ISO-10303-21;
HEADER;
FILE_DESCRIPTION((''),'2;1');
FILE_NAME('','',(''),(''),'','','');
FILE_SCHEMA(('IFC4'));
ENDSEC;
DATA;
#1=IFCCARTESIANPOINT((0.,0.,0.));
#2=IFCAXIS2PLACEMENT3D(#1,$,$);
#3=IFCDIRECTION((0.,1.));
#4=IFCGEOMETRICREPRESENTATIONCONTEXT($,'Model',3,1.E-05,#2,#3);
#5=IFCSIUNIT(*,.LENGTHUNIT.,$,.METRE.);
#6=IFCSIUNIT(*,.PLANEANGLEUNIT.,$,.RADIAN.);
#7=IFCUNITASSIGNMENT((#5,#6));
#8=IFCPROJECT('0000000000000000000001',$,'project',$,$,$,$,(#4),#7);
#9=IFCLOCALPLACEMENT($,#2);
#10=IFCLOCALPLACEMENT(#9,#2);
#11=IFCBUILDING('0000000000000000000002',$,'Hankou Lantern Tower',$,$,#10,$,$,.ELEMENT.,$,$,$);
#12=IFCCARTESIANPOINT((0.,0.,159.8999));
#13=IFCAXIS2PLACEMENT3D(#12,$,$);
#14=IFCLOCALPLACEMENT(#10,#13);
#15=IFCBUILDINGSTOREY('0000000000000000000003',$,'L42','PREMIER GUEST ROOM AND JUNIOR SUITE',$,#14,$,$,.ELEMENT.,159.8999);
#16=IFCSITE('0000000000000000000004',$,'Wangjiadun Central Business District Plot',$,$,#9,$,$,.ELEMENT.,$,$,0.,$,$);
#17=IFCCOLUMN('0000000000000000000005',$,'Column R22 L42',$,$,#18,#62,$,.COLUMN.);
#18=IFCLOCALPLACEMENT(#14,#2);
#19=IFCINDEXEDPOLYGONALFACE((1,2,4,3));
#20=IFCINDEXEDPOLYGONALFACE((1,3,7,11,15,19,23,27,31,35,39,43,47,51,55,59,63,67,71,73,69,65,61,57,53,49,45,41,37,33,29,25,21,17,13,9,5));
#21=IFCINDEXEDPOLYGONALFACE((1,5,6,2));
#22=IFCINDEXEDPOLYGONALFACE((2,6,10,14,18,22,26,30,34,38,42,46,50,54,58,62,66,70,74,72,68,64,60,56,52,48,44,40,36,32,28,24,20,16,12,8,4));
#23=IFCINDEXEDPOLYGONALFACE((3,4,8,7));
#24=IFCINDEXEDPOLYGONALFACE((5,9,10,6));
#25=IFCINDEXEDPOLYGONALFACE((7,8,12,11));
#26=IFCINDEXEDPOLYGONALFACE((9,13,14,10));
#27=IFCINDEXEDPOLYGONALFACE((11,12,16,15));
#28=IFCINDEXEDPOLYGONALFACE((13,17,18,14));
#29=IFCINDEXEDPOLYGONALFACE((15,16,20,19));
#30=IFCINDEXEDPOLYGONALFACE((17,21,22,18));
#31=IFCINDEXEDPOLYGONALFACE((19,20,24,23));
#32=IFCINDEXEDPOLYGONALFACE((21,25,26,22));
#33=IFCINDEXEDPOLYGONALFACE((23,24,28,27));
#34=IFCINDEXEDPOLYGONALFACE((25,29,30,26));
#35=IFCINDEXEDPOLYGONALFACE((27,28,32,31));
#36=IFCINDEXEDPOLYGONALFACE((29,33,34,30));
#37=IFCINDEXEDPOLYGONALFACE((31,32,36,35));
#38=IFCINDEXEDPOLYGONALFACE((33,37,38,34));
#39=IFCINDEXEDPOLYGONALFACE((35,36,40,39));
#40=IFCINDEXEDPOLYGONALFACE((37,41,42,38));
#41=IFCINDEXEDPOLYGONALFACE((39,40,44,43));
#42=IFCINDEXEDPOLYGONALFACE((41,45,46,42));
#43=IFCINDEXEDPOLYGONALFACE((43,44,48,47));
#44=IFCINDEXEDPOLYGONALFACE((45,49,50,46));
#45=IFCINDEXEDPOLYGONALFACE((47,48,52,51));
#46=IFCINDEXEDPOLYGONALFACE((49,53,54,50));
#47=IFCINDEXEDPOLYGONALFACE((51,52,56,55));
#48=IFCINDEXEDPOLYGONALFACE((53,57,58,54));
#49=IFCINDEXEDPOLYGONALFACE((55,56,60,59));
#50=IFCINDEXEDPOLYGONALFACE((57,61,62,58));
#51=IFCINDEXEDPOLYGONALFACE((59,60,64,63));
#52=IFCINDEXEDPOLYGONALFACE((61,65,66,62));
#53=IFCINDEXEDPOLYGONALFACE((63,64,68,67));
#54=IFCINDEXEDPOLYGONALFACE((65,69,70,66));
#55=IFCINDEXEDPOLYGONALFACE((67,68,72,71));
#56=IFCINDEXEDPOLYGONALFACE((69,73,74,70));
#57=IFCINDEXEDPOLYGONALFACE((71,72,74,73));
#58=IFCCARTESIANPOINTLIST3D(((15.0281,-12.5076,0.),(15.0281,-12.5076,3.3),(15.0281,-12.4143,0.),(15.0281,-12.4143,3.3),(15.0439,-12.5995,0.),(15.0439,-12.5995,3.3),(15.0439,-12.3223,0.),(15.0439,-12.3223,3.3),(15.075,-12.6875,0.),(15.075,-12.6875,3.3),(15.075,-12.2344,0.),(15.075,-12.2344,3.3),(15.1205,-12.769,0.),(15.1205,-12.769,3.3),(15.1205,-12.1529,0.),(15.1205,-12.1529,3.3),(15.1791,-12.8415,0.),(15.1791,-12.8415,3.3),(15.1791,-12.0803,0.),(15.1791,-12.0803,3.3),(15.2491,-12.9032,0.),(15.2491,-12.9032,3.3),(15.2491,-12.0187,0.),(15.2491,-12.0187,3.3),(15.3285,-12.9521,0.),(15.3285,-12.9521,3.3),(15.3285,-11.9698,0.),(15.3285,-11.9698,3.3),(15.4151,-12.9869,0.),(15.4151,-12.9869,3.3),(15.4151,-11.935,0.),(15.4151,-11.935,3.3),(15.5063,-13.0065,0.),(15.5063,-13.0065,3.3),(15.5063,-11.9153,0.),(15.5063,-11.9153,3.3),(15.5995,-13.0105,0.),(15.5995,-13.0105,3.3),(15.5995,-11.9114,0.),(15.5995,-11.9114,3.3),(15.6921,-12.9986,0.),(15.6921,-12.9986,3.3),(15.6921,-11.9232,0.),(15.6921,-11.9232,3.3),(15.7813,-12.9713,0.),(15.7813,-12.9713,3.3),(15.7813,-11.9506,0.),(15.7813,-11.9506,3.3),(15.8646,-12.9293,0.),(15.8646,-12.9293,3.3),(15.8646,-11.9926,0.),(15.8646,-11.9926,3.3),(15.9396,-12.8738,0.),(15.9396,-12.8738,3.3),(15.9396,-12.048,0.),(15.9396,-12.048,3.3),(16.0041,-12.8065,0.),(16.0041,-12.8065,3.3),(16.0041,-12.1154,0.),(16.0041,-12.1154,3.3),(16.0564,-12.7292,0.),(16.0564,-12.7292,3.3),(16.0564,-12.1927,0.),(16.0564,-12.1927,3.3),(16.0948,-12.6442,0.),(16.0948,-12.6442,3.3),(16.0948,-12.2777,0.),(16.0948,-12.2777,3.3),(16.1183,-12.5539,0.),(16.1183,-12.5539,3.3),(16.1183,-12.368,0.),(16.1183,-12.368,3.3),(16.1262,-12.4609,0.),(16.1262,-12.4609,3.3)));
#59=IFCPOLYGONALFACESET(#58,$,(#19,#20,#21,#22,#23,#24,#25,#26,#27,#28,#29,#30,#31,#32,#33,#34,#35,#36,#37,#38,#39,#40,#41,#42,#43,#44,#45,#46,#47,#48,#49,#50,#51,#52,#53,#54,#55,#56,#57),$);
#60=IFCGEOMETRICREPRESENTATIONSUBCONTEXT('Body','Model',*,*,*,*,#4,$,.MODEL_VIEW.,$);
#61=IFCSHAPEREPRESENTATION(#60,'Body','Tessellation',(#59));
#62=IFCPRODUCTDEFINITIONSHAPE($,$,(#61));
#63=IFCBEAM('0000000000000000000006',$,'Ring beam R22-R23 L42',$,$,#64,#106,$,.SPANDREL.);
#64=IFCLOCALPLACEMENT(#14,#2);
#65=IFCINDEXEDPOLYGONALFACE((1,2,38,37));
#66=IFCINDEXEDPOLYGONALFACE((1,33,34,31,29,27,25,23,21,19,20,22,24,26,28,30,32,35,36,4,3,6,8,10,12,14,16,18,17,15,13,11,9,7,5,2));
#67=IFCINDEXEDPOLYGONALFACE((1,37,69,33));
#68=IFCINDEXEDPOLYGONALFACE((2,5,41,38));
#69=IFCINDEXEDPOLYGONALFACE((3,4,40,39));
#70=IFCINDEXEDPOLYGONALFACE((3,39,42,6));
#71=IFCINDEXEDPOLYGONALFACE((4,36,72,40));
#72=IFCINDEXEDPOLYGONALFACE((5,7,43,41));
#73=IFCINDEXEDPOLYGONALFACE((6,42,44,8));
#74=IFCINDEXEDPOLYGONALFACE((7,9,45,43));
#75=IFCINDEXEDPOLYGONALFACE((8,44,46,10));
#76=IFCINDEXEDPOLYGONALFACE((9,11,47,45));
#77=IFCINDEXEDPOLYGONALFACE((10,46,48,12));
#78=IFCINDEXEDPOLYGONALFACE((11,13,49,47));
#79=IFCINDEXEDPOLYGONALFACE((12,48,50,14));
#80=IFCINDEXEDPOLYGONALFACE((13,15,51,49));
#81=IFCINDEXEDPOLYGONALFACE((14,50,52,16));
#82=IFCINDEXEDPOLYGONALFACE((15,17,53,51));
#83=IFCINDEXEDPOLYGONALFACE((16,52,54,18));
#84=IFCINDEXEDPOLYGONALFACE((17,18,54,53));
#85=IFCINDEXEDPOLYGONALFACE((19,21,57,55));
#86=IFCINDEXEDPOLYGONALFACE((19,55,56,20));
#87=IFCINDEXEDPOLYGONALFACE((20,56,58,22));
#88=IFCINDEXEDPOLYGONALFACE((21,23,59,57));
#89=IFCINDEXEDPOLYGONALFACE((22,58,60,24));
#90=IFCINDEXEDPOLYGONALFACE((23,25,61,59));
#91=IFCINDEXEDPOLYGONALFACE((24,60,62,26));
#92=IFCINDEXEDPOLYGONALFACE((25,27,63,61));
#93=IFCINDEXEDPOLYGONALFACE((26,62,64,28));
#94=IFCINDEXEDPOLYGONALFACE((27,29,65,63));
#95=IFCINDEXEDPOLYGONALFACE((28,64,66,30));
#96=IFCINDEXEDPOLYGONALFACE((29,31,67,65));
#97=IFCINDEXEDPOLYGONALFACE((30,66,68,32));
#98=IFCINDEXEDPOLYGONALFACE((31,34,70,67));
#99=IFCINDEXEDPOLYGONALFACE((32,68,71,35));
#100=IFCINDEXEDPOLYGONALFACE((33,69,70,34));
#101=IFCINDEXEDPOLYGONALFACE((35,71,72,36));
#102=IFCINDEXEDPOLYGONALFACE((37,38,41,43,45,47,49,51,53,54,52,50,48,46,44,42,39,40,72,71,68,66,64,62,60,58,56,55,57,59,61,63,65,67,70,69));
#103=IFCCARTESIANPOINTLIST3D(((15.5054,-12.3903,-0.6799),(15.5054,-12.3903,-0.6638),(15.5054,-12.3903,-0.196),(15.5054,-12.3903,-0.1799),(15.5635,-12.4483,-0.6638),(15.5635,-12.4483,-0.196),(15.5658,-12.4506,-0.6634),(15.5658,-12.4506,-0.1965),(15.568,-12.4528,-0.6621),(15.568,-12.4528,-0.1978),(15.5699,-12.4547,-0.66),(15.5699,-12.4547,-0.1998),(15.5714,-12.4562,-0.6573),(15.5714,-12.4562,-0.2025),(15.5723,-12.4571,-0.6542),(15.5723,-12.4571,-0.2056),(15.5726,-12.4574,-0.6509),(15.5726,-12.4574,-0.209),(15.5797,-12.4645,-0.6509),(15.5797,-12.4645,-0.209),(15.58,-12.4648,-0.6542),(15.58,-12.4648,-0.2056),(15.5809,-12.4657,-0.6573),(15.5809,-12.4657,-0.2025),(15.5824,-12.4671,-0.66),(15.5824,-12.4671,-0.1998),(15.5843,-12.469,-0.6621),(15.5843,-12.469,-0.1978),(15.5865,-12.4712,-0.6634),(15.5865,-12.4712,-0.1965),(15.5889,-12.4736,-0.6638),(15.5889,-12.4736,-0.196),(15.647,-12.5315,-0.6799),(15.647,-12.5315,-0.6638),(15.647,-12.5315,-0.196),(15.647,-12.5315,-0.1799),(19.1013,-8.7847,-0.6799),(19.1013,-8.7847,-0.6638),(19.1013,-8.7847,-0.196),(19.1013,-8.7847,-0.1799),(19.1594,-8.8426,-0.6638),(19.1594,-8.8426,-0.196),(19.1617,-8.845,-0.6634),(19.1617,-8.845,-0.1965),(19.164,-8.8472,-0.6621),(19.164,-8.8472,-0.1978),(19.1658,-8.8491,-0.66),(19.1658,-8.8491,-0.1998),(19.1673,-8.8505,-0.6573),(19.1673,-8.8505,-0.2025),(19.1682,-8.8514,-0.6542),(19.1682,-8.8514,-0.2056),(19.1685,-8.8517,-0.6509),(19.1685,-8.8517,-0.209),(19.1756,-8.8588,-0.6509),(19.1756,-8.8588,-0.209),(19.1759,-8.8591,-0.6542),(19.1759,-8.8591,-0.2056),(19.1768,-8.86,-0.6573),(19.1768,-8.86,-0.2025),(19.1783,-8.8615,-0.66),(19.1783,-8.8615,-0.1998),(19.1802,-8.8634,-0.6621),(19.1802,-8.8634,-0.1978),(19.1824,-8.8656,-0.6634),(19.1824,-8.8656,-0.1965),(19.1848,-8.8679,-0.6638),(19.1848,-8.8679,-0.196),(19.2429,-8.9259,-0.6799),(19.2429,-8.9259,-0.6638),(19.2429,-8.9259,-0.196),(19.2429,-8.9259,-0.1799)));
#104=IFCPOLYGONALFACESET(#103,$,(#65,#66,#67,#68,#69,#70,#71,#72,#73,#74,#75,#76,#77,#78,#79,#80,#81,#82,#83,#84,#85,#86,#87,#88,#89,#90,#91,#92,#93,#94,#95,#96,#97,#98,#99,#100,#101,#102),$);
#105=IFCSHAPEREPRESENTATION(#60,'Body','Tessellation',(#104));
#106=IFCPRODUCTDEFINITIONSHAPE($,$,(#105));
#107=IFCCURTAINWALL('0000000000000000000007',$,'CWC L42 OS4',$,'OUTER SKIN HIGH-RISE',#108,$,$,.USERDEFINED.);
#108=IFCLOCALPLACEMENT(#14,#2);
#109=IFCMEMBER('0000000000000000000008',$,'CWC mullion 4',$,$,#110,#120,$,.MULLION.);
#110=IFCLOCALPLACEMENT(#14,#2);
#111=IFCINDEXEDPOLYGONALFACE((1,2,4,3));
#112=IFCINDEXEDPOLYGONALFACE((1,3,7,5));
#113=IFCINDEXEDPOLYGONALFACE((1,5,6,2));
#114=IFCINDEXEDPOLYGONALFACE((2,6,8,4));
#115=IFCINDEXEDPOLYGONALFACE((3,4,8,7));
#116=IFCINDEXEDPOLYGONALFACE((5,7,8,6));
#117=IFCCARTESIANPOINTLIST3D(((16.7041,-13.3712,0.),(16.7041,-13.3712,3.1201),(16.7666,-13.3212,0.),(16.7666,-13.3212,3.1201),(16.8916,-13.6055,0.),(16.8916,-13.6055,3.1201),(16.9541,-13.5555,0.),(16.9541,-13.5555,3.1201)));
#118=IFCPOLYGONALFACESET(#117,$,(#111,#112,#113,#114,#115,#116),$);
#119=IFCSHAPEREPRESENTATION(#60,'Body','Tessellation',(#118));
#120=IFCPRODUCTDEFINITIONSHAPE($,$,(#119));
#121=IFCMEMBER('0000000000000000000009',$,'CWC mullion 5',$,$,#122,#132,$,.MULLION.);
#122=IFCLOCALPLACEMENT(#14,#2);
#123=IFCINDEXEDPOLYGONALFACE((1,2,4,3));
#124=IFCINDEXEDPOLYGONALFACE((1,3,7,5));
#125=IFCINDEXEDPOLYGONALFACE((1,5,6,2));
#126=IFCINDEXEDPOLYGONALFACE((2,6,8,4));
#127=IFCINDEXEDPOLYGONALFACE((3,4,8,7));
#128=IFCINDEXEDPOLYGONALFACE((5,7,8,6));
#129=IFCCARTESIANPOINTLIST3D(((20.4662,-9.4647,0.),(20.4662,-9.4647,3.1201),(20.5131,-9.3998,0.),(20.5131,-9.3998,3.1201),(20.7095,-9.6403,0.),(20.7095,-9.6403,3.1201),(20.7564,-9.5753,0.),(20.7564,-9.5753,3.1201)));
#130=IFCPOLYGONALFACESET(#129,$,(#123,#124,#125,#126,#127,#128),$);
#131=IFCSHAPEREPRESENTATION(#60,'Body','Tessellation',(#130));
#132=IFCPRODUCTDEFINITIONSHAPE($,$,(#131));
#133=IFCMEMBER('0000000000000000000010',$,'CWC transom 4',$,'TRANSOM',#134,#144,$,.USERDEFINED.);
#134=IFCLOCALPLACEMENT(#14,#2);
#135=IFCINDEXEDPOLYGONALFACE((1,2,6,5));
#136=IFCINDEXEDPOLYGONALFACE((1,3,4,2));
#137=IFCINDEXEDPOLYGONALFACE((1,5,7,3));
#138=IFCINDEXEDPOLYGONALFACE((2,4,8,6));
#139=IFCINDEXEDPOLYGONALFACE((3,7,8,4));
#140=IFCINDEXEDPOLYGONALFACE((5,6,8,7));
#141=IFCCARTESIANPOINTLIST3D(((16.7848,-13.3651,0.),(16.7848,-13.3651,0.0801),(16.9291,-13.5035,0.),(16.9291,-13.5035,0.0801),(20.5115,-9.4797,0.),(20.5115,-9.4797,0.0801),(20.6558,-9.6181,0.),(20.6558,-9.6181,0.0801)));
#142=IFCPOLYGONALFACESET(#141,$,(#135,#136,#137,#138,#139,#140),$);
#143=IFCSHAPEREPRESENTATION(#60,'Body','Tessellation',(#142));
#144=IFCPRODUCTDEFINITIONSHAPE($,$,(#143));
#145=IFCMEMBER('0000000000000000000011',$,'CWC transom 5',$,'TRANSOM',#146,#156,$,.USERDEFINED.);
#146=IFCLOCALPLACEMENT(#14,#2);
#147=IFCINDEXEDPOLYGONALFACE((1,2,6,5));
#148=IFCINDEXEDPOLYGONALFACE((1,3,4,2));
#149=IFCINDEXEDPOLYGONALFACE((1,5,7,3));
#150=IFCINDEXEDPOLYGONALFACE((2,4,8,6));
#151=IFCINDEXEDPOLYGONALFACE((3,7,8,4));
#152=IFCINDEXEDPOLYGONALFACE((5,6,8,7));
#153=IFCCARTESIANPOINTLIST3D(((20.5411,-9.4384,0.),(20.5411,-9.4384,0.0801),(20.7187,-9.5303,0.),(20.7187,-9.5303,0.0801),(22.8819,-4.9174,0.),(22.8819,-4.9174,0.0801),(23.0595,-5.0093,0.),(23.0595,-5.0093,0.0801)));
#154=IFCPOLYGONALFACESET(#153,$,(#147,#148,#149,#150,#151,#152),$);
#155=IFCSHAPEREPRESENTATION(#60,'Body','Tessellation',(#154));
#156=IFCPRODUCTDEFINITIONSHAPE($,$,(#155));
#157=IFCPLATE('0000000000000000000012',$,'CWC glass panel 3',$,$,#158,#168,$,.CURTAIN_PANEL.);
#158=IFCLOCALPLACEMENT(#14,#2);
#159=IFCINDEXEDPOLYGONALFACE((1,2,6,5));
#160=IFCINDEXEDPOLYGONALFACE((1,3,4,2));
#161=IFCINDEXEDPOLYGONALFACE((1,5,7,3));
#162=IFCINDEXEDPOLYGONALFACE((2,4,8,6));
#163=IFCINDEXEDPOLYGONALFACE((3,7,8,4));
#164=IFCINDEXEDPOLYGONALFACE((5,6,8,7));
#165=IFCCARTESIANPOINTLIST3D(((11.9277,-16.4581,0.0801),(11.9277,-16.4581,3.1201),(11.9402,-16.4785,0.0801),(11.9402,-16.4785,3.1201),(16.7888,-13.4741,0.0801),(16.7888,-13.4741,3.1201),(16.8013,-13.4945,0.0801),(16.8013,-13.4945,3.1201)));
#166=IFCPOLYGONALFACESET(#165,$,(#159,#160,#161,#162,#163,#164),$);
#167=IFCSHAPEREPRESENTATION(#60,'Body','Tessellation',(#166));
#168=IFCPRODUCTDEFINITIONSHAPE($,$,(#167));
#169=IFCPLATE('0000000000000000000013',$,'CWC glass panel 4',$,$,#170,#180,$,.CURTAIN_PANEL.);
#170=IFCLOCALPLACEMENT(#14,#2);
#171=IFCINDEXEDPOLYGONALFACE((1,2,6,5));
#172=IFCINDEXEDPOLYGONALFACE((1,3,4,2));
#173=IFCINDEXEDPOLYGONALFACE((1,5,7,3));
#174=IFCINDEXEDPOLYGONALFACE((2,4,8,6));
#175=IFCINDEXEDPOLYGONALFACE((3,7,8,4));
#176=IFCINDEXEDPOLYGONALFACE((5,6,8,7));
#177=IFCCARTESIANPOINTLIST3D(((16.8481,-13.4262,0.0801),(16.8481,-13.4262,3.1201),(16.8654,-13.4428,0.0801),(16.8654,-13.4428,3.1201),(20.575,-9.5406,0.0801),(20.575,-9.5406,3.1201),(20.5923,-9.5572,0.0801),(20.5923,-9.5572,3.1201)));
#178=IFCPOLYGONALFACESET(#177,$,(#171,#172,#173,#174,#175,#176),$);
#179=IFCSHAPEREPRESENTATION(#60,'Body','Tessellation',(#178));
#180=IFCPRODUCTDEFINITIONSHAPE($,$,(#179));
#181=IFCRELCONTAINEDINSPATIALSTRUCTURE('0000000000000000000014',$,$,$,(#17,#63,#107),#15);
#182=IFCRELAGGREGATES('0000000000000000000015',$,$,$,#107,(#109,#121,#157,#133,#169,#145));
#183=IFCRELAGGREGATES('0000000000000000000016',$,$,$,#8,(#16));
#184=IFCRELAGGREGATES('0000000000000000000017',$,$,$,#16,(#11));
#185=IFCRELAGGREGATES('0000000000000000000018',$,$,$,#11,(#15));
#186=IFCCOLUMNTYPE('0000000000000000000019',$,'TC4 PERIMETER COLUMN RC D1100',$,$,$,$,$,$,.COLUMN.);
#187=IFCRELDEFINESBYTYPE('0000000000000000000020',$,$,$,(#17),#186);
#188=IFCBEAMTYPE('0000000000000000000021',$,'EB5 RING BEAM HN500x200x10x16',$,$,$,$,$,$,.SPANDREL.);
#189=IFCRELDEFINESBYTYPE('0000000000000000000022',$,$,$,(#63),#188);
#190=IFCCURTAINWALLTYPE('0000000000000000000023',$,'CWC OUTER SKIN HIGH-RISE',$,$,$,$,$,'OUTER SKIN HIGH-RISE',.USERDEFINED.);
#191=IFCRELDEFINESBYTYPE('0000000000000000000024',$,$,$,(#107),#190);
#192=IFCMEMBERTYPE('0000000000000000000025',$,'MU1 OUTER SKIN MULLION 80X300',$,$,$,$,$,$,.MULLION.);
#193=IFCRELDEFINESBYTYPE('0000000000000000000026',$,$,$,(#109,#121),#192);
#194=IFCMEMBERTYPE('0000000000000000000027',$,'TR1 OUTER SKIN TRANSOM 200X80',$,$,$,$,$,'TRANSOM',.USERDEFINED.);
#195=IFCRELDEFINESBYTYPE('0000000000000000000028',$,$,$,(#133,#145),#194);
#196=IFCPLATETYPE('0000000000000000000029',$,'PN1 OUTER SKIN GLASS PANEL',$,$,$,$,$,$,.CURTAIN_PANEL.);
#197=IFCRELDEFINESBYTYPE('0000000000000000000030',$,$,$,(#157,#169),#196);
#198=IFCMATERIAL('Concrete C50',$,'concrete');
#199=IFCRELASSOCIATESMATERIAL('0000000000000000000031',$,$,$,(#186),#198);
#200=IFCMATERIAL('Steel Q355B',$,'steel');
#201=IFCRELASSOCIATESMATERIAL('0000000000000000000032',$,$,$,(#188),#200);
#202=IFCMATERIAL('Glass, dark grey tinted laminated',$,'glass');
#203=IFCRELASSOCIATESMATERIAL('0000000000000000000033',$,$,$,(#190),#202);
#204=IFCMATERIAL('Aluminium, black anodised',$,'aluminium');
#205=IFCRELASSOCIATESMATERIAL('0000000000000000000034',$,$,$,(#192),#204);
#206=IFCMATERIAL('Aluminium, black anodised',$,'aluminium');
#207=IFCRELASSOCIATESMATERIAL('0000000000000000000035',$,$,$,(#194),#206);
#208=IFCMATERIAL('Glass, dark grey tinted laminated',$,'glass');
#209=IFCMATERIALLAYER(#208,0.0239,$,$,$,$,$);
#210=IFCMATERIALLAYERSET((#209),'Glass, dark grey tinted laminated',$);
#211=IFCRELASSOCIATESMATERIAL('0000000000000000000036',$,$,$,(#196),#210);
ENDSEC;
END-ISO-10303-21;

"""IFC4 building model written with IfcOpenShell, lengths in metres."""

from ifc_helpers import new_model, si_unit, direction, frame, origin, origin_2d, place, context, subcontext, project, spatial, rectangle, circle, i_section, extrude, material, layer, layer_set, material_profile, profile_set, type_object, element, aggregate, save


model = new_model("IFC4")

# Units and contexts
model_context = context("Model", 3, precision=1e-05, world=origin(), true_north=direction((0.0, 1.0)))
body_context = subcontext(model_context, "Body", "Model", "MODEL_VIEW")
ifc_project = project(units=[si_unit("LENGTHUNIT", "METRE"), si_unit("PLANEANGLEUNIT", "RADIAN")], contexts=[model_context])

# Site, building, storey
site_placement = place(None, origin())
site = spatial("IfcSite", under=ifc_project, at=site_placement, Name="Wangjiadun Central Business District Plot", CompositionType="ELEMENT", RefElevation=0.0)
building_placement = place(site_placement, origin())
building = spatial("IfcBuilding", under=site, at=building_placement, Name="Hankou Lantern Tower", CompositionType="ELEMENT")
storey_placement = place(building_placement, frame((0.0, 0.0, 159.8999)))
storey = spatial("IfcBuildingStorey", under=building, at=storey_placement, Name="L42", Description="PREMIER GUEST ROOM AND JUNIOR SUITE", CompositionType="ELEMENT", Elevation=159.8999)

# Column
ifc_material_1 = material(Name="Concrete C50", Category="concrete")
ifc_material_profile_1 = material_profile(ifc_material_1, circle(Radius=0.55, at=origin_2d()), Name="RC D1100")
ifc_profile_set_1 = profile_set([ifc_material_profile_1], Name="Concrete C50")
column_type = type_object("IfcColumnType", Name="TC4 PERIMETER COLUMN RC D1100", PredefinedType="COLUMN", material=ifc_profile_set_1)
column_placement = place(storey_placement, frame((15.5762, -12.4609, 0.0), z_axis=(0.0, 0.0, 1.0), x_axis=(1.0, 0.0, 0.0)))
element("IfcColumn", 1, at=column_placement, inside=storey, type_object=column_type, Name="Column R22 L42", PredefinedType="COLUMN", context=body_context, shape_type="SweptSolid", body=[
    extrude(circle(Radius=0.55, at=origin_2d()), origin(), (0.0, 0.0, 1.0), 3.3),
])

# Beam
ifc_material_2 = material(Name="Steel Q355B", Category="steel")
ifc_material_profile_2 = material_profile(ifc_material_2, i_section(OverallWidth=0.2, OverallDepth=0.5, WebThickness=0.01, FlangeThickness=0.0161, FilletRadius=0.0129, at=origin_2d()), Name="HN500x200x10x16")
ifc_profile_set_2 = profile_set([ifc_material_profile_2], Name="Steel Q355B")
beam_type = type_object("IfcBeamType", Name="EB5 RING BEAM HN500x200x10x16", PredefinedType="SPANDREL", material=ifc_profile_set_2)
beam_placement = place(storey_placement, frame((15.5762, -12.4609, -0.4299), z_axis=(0.706147, 0.708065, 0.0), x_axis=(-0.708065, 0.706147, 0.0)))
element("IfcBeam", 2, at=beam_placement, inside=storey, type_object=beam_type, Name="Ring beam R22-R23 L42", PredefinedType="SPANDREL", context=body_context, shape_type="SweptSolid", body=[
    extrude(i_section(OverallWidth=0.2, OverallDepth=0.5, WebThickness=0.01, FlangeThickness=0.0161, FilletRadius=0.0129, at=origin_2d()), origin(), (0.0, 0.0, 1.0), 5.0923),
])

# Curtain wall, members, plates
ifc_material_3 = material(Name="Glass, dark grey tinted laminated", Category="glass")
curtain_wall_type = type_object("IfcCurtainWallType", Name="CWC OUTER SKIN HIGH-RISE", ElementType="OUTER SKIN HIGH-RISE", PredefinedType="USERDEFINED", material=ifc_material_3)
curtain_wall_placement = place(storey_placement, origin())
curtain_wall = element("IfcCurtainWall", 3, at=curtain_wall_placement, inside=storey, type_object=curtain_wall_type, Name="CWC L42 OS4", ObjectType="OUTER SKIN HIGH-RISE", PredefinedType="USERDEFINED")
ifc_material_4 = material(Name="Aluminium, black anodised", Category="aluminium")
ifc_material_profile_3 = material_profile(ifc_material_4, rectangle(XDim=0.0801, YDim=0.3, at=origin_2d()), Name="MU1 80X300")
ifc_profile_set_3 = profile_set([ifc_material_profile_3], Name="Aluminium, black anodised")
member_type_1 = type_object("IfcMemberType", Name="MU1 OUTER SKIN MULLION 80X300", PredefinedType="MULLION", material=ifc_profile_set_3)
member_1_placement = place(storey_placement, frame((16.8291, -13.4634, 0.0), z_axis=(0.0, 0.0, 1.0), x_axis=(0.780869, 0.624695, 0.0)))
member_1 = element("IfcMember", 4, at=member_1_placement, type_object=member_type_1, Name="CWC mullion 4", PredefinedType="MULLION", context=body_context, shape_type="SweptSolid", body=[
    extrude(rectangle(XDim=0.0801, YDim=0.3, at=origin_2d()), origin(), (0.0, 0.0, 1.0), 3.1201),
])
member_2_placement = place(storey_placement, frame((20.6113, -9.52, 0.0), z_axis=(0.0, 0.0, 1.0), x_axis=(0.585206, 0.810885, 0.0)))
member_2 = element("IfcMember", 5, at=member_2_placement, type_object=member_type_1, Name="CWC mullion 5", PredefinedType="MULLION", context=body_context, shape_type="SweptSolid", body=[
    extrude(rectangle(XDim=0.0801, YDim=0.3, at=origin_2d()), origin(), (0.0, 0.0, 1.0), 3.1201),
])
ifc_material_5 = material(Name="Aluminium, black anodised", Category="aluminium")
ifc_material_profile_4 = material_profile(ifc_material_5, rectangle(XDim=0.2, YDim=0.0801, at=origin_2d()), Name="TR1 200X80")
ifc_profile_set_4 = profile_set([ifc_material_profile_4], Name="Aluminium, black anodised")
member_type_2 = type_object("IfcMemberType", Name="TR1 OUTER SKIN TRANSOM 200X80", ElementType="TRANSOM", PredefinedType="USERDEFINED", material=ifc_profile_set_4)
member_3_placement = place(storey_placement, frame((16.8569, -13.4343, 0.04), z_axis=(0.692216, 0.721691, 0.0), x_axis=(-0.721691, 0.692216, 0.0)))
member_3 = element("IfcMember", 6, at=member_3_placement, type_object=member_type_2, Name="CWC transom 4", ObjectType="TRANSOM", PredefinedType="USERDEFINED", context=body_context, shape_type="SweptSolid", body=[
    extrude(rectangle(XDim=0.2, YDim=0.0801, at=origin_2d()), origin(), (0.0, 0.0, 1.0), 5.3838),
])
member_4_placement = place(storey_placement, frame((20.6299, -9.4844, 0.04), z_axis=(0.459791, 0.888027, 0.0), x_axis=(-0.888027, 0.459791, 0.0)))
member_4 = element("IfcMember", 7, at=member_4_placement, type_object=member_type_2, Name="CWC transom 5", ObjectType="TRANSOM", PredefinedType="USERDEFINED", context=body_context, shape_type="SweptSolid", body=[
    extrude(rectangle(XDim=0.2, YDim=0.0801, at=origin_2d()), origin(), (0.0, 0.0, 1.0), 5.0911),
])
ifc_material_6 = material(Name="Glass, dark grey tinted laminated", Category="glass")
ifc_layer_1 = layer(ifc_material_6, 0.0239)
ifc_layer_set_1 = layer_set([ifc_layer_1], Name="Glass, dark grey tinted laminated")
plate_type = type_object("IfcPlateType", Name="PN1 OUTER SKIN GLASS PANEL", PredefinedType="CURTAIN_PANEL", material=ifc_layer_set_1)
plate_1_placement = place(storey_placement, frame((14.3645, -14.9763, 0.0801), z_axis=(0.0, 0.0, 1.0), x_axis=(0.852237, 0.523156, 0.0)))
plate_1 = element("IfcPlate", 8, at=plate_1_placement, type_object=plate_type, Name="CWC glass panel 3", PredefinedType="CURTAIN_PANEL", context=body_context, shape_type="SweptSolid", body=[
    extrude(rectangle(XDim=5.7039, YDim=0.0239, at=origin_2d()), origin(), (0.0, 0.0, 1.0), 3.04),
])
plate_2_placement = place(storey_placement, frame((18.7202, -11.4917, 0.0801), z_axis=(0.0, 0.0, 1.0), x_axis=(0.692216, 0.721691, 0.0)))
plate_2 = element("IfcPlate", 9, at=plate_2_placement, type_object=plate_type, Name="CWC glass panel 4", PredefinedType="CURTAIN_PANEL", context=body_context, shape_type="SweptSolid", body=[
    extrude(rectangle(XDim=5.384, YDim=0.0239, at=origin_2d()), origin(), (0.0, 0.0, 1.0), 3.04),
])
aggregate(curtain_wall, [member_1, member_2, plate_1, member_3, plate_2, member_4])

save(model, "model.ifc")
